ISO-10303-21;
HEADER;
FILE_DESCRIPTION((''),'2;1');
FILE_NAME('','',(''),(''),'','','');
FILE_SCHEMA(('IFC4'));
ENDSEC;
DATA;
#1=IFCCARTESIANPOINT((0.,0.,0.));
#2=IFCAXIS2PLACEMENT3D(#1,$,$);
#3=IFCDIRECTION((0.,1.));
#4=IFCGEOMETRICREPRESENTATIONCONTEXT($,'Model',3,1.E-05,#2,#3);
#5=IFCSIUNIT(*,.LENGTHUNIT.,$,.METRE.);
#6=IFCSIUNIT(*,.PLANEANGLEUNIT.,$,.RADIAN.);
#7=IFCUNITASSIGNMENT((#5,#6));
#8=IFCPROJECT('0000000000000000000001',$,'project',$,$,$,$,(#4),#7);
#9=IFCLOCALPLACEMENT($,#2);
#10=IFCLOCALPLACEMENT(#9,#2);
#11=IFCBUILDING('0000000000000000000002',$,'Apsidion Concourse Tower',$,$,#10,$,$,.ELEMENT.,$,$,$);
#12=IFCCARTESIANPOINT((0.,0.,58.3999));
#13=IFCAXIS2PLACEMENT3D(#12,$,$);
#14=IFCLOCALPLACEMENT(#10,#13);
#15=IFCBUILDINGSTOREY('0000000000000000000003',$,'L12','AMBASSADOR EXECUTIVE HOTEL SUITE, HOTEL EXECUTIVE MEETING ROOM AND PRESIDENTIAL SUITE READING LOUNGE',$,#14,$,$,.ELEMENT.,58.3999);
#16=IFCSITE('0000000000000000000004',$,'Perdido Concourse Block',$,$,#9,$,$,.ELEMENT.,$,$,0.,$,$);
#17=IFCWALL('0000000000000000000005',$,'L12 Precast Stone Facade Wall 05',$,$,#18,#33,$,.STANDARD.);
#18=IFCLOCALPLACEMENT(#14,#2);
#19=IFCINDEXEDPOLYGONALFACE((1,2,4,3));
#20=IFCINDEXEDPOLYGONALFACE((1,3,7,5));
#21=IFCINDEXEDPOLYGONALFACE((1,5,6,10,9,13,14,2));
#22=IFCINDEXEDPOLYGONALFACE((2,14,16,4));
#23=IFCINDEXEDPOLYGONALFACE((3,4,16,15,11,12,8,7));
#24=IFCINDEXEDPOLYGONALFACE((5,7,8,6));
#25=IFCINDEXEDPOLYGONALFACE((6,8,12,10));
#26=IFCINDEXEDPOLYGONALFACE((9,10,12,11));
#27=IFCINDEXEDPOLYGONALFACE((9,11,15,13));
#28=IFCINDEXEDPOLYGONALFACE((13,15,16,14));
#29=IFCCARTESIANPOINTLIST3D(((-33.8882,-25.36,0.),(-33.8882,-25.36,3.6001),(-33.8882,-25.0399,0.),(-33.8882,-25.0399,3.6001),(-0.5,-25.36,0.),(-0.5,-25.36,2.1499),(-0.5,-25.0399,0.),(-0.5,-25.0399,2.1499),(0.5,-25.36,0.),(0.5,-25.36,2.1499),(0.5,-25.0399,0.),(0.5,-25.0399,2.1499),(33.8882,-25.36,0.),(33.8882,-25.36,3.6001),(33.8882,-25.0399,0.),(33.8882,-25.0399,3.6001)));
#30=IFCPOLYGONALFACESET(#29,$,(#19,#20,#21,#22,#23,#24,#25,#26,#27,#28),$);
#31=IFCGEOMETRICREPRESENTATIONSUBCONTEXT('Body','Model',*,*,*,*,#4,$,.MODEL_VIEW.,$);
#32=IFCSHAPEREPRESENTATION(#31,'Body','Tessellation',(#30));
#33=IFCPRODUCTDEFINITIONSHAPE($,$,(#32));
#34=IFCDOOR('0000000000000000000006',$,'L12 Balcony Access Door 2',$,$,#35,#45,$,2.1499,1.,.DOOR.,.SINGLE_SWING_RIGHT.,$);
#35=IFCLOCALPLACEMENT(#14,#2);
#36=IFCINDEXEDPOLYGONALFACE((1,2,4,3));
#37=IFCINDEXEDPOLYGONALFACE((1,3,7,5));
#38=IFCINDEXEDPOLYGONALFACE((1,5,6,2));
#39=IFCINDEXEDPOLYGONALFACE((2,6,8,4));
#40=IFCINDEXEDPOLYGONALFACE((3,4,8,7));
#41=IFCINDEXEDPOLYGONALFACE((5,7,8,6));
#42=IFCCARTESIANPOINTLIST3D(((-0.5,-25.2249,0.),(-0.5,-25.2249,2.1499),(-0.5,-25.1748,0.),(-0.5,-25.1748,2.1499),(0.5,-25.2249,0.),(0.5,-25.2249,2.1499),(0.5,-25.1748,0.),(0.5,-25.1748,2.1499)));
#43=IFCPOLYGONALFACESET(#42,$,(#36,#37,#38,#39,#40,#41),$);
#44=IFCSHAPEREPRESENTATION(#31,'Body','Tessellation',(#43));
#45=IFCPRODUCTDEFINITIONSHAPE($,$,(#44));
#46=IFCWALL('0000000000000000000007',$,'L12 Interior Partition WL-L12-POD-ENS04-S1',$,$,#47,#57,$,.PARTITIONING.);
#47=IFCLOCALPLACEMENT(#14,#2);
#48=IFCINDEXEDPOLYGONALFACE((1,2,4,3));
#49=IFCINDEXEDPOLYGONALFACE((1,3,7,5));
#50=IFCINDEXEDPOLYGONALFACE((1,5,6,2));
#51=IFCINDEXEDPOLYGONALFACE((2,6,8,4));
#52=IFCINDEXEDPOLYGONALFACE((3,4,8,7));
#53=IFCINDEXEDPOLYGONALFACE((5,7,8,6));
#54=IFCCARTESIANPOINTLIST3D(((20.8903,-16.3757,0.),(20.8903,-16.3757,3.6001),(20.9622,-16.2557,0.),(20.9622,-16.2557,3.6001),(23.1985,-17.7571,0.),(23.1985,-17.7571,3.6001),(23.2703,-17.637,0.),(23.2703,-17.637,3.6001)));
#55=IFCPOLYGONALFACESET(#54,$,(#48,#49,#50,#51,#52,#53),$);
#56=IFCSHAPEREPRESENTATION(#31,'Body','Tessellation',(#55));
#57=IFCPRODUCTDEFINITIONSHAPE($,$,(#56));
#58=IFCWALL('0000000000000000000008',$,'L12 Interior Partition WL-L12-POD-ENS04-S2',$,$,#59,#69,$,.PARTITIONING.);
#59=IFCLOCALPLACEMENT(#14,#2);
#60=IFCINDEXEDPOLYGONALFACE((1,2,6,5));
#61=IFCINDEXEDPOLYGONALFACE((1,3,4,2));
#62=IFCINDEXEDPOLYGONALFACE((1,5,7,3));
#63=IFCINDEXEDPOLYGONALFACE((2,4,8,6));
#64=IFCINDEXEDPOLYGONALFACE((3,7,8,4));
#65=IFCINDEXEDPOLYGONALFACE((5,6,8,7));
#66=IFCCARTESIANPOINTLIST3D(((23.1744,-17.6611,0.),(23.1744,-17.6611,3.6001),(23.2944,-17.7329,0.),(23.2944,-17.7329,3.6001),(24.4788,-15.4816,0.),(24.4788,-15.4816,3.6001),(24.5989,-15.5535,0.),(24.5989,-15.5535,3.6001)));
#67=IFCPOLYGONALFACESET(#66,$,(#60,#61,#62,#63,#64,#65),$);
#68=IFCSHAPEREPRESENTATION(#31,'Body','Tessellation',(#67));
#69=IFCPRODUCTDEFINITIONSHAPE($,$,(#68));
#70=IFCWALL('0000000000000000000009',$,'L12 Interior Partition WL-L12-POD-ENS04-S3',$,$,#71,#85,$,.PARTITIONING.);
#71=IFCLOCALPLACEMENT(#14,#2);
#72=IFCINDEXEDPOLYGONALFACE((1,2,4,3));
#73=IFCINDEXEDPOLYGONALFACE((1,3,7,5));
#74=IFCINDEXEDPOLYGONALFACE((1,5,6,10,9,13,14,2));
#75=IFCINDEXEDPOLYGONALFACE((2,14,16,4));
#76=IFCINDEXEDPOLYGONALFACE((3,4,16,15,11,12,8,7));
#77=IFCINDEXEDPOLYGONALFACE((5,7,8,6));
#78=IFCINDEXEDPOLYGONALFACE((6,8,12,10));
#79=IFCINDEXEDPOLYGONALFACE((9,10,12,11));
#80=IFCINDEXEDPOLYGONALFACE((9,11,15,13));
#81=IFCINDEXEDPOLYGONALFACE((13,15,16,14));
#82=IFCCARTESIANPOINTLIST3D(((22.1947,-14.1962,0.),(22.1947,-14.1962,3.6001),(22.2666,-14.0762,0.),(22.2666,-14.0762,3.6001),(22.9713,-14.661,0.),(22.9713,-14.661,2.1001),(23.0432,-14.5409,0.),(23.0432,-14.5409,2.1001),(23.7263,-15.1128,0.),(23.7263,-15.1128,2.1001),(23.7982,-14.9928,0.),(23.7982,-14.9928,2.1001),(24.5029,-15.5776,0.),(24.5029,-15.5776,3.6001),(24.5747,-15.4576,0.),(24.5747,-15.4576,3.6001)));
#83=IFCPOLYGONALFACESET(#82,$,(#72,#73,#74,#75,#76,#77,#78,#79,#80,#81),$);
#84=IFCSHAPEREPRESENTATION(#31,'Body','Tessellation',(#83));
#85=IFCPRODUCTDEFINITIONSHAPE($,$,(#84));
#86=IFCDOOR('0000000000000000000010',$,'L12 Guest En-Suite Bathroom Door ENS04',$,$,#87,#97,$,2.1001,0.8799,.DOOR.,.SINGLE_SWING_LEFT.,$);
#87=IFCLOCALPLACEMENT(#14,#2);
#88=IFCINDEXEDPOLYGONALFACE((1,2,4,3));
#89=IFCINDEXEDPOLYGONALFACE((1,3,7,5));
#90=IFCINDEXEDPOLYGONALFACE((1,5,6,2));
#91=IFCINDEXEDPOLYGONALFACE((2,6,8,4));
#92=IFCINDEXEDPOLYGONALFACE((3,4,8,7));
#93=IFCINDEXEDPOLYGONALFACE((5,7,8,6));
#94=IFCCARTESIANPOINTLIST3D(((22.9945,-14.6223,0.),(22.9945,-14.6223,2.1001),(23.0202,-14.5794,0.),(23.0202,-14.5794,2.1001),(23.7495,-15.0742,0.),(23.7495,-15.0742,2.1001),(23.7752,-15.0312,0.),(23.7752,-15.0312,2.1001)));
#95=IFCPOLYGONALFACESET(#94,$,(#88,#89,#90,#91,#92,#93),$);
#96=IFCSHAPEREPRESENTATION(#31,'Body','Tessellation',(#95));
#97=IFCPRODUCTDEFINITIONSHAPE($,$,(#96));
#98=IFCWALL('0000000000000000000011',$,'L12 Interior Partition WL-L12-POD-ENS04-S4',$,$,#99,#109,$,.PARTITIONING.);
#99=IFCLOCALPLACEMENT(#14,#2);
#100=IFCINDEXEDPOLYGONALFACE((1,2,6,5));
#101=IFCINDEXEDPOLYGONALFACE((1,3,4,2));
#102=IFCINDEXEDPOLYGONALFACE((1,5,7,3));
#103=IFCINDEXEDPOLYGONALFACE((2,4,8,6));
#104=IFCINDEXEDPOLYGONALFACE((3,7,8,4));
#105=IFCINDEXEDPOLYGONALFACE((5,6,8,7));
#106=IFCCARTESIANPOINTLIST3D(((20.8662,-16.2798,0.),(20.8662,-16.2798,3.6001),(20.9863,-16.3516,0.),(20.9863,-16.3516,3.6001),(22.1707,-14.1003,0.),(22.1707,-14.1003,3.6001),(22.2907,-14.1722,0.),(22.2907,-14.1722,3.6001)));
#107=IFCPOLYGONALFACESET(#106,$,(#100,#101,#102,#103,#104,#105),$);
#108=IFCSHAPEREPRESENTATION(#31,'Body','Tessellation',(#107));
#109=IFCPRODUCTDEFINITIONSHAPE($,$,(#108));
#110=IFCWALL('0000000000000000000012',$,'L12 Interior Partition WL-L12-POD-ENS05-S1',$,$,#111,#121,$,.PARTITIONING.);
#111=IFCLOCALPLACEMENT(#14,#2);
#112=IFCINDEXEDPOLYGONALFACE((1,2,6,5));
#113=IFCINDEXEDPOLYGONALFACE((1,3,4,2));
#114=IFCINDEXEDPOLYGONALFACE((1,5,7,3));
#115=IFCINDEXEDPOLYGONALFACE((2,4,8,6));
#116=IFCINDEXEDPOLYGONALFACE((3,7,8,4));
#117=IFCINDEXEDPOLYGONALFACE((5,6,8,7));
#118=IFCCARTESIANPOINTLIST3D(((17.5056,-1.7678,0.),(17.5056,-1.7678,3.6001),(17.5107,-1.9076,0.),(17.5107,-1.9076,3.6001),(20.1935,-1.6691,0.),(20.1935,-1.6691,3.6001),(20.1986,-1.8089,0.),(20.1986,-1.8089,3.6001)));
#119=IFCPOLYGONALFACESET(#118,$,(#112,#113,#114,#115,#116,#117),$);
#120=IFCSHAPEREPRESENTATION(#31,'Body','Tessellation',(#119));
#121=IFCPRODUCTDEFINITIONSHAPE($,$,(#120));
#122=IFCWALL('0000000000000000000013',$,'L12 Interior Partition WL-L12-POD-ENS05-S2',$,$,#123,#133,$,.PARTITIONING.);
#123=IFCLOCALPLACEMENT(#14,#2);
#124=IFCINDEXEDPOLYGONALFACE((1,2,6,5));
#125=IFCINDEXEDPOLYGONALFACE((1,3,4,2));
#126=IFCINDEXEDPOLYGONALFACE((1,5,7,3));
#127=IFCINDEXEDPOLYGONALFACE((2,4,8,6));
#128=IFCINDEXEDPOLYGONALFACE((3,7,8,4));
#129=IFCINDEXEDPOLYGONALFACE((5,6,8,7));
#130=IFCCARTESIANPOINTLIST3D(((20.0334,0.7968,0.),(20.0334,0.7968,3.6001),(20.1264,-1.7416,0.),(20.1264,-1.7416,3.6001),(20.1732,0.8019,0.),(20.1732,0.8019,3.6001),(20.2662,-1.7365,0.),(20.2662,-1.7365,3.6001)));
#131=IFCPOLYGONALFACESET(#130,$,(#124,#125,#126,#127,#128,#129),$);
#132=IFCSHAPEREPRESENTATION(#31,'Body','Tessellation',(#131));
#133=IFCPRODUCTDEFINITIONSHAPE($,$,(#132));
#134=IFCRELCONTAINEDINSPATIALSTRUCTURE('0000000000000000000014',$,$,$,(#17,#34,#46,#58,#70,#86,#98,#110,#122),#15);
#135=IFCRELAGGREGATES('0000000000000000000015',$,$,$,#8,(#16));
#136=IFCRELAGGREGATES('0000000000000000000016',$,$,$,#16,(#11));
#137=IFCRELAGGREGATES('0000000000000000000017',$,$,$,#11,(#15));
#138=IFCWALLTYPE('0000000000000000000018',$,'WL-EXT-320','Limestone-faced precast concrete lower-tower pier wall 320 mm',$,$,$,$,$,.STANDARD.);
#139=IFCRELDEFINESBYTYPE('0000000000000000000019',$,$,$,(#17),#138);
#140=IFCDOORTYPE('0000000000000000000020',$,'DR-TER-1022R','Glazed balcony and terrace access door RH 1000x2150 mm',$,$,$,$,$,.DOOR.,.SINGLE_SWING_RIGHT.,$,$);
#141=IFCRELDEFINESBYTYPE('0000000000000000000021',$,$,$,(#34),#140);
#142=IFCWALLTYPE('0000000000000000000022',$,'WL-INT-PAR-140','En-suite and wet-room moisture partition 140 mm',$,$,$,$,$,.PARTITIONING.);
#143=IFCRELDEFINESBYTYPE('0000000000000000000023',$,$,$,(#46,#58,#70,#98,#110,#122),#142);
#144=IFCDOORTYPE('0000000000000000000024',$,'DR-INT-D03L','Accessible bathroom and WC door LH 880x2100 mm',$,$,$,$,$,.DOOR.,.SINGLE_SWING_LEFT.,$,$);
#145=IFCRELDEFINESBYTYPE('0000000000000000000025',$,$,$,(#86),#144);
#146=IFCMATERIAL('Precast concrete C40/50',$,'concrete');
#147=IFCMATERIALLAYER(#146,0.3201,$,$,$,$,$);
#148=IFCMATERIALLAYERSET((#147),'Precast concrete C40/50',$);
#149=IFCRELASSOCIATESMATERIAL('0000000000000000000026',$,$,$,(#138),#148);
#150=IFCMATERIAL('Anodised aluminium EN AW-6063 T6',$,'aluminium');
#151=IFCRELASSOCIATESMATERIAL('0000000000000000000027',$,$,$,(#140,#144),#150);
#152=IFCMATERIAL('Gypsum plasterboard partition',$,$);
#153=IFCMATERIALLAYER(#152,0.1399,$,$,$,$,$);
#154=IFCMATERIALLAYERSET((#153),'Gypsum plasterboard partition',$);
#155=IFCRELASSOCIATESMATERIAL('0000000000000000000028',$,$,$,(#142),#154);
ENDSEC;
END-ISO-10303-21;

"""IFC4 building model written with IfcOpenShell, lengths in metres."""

from ifc_helpers import new_model, si_unit, direction, frame, frame_2d, origin, place, context, subcontext, project, spatial, rectangle, extrude, material, layer, layer_set, type_object, element, fill, save


model = new_model("IFC4")

# Units and contexts
model_context = context("Model", 3, precision=1e-05, world=origin(), true_north=direction((0.0, 1.0)))
body_context = subcontext(model_context, "Body", "Model", "MODEL_VIEW")
ifc_project = project(units=[si_unit("LENGTHUNIT", "METRE"), si_unit("PLANEANGLEUNIT", "RADIAN")], contexts=[model_context])

# Site, building, storey
site_placement = place(None, origin())
site = spatial("IfcSite", under=ifc_project, at=site_placement, Name="Perdido Concourse Block", CompositionType="ELEMENT", RefElevation=0.0)
building_placement = place(site_placement, origin())
building = spatial("IfcBuilding", under=site, at=building_placement, Name="Apsidion Concourse Tower", CompositionType="ELEMENT")
storey_placement = place(building_placement, frame((0.0, 0.0, 58.3999)))
storey = spatial("IfcBuildingStorey", under=building, at=storey_placement, Name="L12", Description="AMBASSADOR EXECUTIVE HOTEL SUITE, HOTEL EXECUTIVE MEETING ROOM AND PRESIDENTIAL SUITE READING LOUNGE", CompositionType="ELEMENT", Elevation=58.3999)

# Shared definitions
ifc_material_1 = material(Name="Precast concrete C40/50", Category="concrete")
ifc_layer_1 = layer(ifc_material_1, 0.3201)
ifc_layer_set_1 = layer_set([ifc_layer_1], Name="Precast concrete C40/50")
wall_type_1 = type_object("IfcWallType", Name="WL-EXT-320", Description="Limestone-faced precast concrete lower-tower pier wall 320 mm", PredefinedType="STANDARD", material=ifc_layer_set_1)

# Wall, opening, door
wall_1_placement = place(storey_placement, frame((33.8882, -25.2, 0.0), z_axis=(0.0, 0.0, 1.0), x_axis=(-1.0, 0.0, 0.0)))
wall_1 = element("IfcWall", 1, at=wall_1_placement, inside=storey, type_object=wall_type_1, Name="L12 Precast Stone Facade Wall 05", PredefinedType="STANDARD", context=body_context, shape_type="SweptSolid", body=[
    extrude(rectangle(XDim=67.7764, YDim=0.3201, at=frame_2d((33.8882, 0.0))), origin(), (0.0, 0.0, 1.0), 3.6001),
])
opening_1_placement = place(wall_1_placement, frame((33.3882, 0.0, 0.0)))
opening_1 = element("IfcOpeningElement", 2, at=opening_1_placement, cuts=wall_1, PredefinedType="OPENING", context=body_context, shape_type="SweptSolid", body=[
    extrude(rectangle(XDim=1.0, YDim=2.1499, at=frame_2d((0.5, 1.075))), frame((0.0, 0.1699, 0.0), z_axis=(0.0, -1.0, 0.0), x_axis=(1.0, 0.0, 0.0)), (0.0, 0.0, 1.0), 0.3401),
])
ifc_material_2 = material(Name="Anodised aluminium EN AW-6063 T6", Category="aluminium")
door_type_1 = type_object("IfcDoorType", Name="DR-TER-1022R", Description="Glazed balcony and terrace access door RH 1000x2150 mm", OperationType="SINGLE_SWING_RIGHT", PredefinedType="DOOR", material=ifc_material_2)
door_1_placement = place(opening_1_placement, origin())
door_1 = element("IfcDoor", 3, at=door_1_placement, inside=storey, type_object=door_type_1, Name="L12 Balcony Access Door 2", OperationType="SINGLE_SWING_RIGHT", OverallHeight=2.1499, OverallWidth=1.0, PredefinedType="DOOR", context=body_context, shape_type="SweptSolid", body=[
    extrude(rectangle(XDim=1.0, YDim=2.1499, at=frame_2d((0.5, 1.075))), frame((0.0, 0.0249, 0.0), z_axis=(0.0, -1.0, 0.0), x_axis=(1.0, 0.0, 0.0)), (0.0, 0.0, 1.0), 0.05),
])
fill(opening_1, door_1)

# Walls
ifc_material_3 = material(Name="Gypsum plasterboard partition")
ifc_layer_2 = layer(ifc_material_3, 0.1399)
ifc_layer_set_2 = layer_set([ifc_layer_2], Name="Gypsum plasterboard partition")
wall_type_2 = type_object("IfcWallType", Name="WL-INT-PAR-140", Description="En-suite and wet-room moisture partition 140 mm", PredefinedType="PARTITIONING", material=ifc_layer_set_2)
wall_2_placement = place(storey_placement, frame((20.9263, -16.3157, 0.0), z_axis=(0.0, 0.0, 1.0), x_axis=(0.858069, -0.513534, 0.0)))
element("IfcWall", 4, at=wall_2_placement, inside=storey, type_object=wall_type_2, Name="L12 Interior Partition WL-L12-POD-ENS04-S1", PredefinedType="PARTITIONING", context=body_context, shape_type="SweptSolid", body=[
    extrude(rectangle(XDim=2.6899, YDim=0.1399, at=frame_2d((1.345, 0.0))), origin(), (0.0, 0.0, 1.0), 3.6001),
])
wall_3_placement = place(storey_placement, frame((23.2344, -17.697, 0.0), z_axis=(0.0, 0.0, 1.0), x_axis=(0.513563, 0.858052, 0.0)))
element("IfcWall", 5, at=wall_3_placement, inside=storey, type_object=wall_type_2, Name="L12 Interior Partition WL-L12-POD-ENS04-S2", PredefinedType="PARTITIONING", context=body_context, shape_type="SweptSolid", body=[
    extrude(rectangle(XDim=2.54, YDim=0.1399, at=frame_2d((1.27, 0.0))), origin(), (0.0, 0.0, 1.0), 3.6001),
])

# Wall, opening, door
wall_4_placement = place(storey_placement, frame((24.5388, -15.5176, 0.0), z_axis=(0.0, 0.0, 1.0), x_axis=(-0.858069, 0.513534, 0.0)))
wall_4 = element("IfcWall", 6, at=wall_4_placement, inside=storey, type_object=wall_type_2, Name="L12 Interior Partition WL-L12-POD-ENS04-S3", PredefinedType="PARTITIONING", context=body_context, shape_type="SweptSolid", body=[
    extrude(rectangle(XDim=2.6899, YDim=0.1399, at=frame_2d((1.345, 0.0))), origin(), (0.0, 0.0, 1.0), 3.6001),
])
opening_2_placement = place(wall_4_placement, frame((0.905, 0.0, 0.0)))
opening_2 = element("IfcOpeningElement", 7, at=opening_2_placement, cuts=wall_4, PredefinedType="OPENING", context=body_context, shape_type="SweptSolid", body=[
    extrude(rectangle(XDim=0.8799, YDim=2.1001, at=frame_2d((0.4399, 1.05))), frame((0.0, 0.0801, 0.0), z_axis=(0.0, -1.0, 0.0), x_axis=(1.0, 0.0, 0.0)), (0.0, 0.0, 1.0), 0.1599),
])
door_type_2 = type_object("IfcDoorType", Name="DR-INT-D03L", Description="Accessible bathroom and WC door LH 880x2100 mm", OperationType="SINGLE_SWING_LEFT", PredefinedType="DOOR", material=ifc_material_2)
door_2_placement = place(opening_2_placement, origin())
door_2 = element("IfcDoor", 8, at=door_2_placement, inside=storey, type_object=door_type_2, Name="L12 Guest En-Suite Bathroom Door ENS04", OperationType="SINGLE_SWING_LEFT", OverallHeight=2.1001, OverallWidth=0.8799, PredefinedType="DOOR", context=body_context, shape_type="SweptSolid", body=[
    extrude(rectangle(XDim=0.8799, YDim=2.1001, at=frame_2d((0.4399, 1.05))), frame((0.0, 0.0249, 0.0), z_axis=(0.0, -1.0, 0.0), x_axis=(1.0, 0.0, 0.0)), (0.0, 0.0, 1.0), 0.05),
])
fill(opening_2, door_2)

# Walls
wall_5_placement = place(storey_placement, frame((22.2307, -14.1362, 0.0), z_axis=(0.0, 0.0, 1.0), x_axis=(-0.513563, -0.858052, 0.0)))
element("IfcWall", 9, at=wall_5_placement, inside=storey, type_object=wall_type_2, Name="L12 Interior Partition WL-L12-POD-ENS04-S4", PredefinedType="PARTITIONING", context=body_context, shape_type="SweptSolid", body=[
    extrude(rectangle(XDim=2.54, YDim=0.1399, at=frame_2d((1.27, 0.0))), origin(), (0.0, 0.0, 1.0), 3.6001),
])
wall_6_placement = place(storey_placement, frame((17.5083, -1.8376, 0.0), z_axis=(0.0, 0.0, 1.0), x_axis=(0.999327, 0.036669, 0.0)))
element("IfcWall", 10, at=wall_6_placement, inside=storey, type_object=wall_type_2, Name="L12 Interior Partition WL-L12-POD-ENS05-S1", PredefinedType="PARTITIONING", context=body_context, shape_type="SweptSolid", body=[
    extrude(rectangle(XDim=2.6897, YDim=0.1399, at=frame_2d((1.3447, 0.0))), origin(), (0.0, 0.0, 1.0), 3.6001),
])
wall_7_placement = place(storey_placement, frame((20.1963, -1.739, 0.0), z_axis=(0.0, 0.0, 1.0), x_axis=(-0.036621, 0.999329, 0.0)))
element("IfcWall", 11, at=wall_7_placement, inside=storey, type_object=wall_type_2, Name="L12 Interior Partition WL-L12-POD-ENS05-S2", PredefinedType="PARTITIONING", context=body_context, shape_type="SweptSolid", body=[
    extrude(rectangle(XDim=2.54, YDim=0.1399, at=frame_2d((1.27, 0.0))), origin(), (0.0, 0.0, 1.0), 3.6001),
])

save(model, "model.ifc")
